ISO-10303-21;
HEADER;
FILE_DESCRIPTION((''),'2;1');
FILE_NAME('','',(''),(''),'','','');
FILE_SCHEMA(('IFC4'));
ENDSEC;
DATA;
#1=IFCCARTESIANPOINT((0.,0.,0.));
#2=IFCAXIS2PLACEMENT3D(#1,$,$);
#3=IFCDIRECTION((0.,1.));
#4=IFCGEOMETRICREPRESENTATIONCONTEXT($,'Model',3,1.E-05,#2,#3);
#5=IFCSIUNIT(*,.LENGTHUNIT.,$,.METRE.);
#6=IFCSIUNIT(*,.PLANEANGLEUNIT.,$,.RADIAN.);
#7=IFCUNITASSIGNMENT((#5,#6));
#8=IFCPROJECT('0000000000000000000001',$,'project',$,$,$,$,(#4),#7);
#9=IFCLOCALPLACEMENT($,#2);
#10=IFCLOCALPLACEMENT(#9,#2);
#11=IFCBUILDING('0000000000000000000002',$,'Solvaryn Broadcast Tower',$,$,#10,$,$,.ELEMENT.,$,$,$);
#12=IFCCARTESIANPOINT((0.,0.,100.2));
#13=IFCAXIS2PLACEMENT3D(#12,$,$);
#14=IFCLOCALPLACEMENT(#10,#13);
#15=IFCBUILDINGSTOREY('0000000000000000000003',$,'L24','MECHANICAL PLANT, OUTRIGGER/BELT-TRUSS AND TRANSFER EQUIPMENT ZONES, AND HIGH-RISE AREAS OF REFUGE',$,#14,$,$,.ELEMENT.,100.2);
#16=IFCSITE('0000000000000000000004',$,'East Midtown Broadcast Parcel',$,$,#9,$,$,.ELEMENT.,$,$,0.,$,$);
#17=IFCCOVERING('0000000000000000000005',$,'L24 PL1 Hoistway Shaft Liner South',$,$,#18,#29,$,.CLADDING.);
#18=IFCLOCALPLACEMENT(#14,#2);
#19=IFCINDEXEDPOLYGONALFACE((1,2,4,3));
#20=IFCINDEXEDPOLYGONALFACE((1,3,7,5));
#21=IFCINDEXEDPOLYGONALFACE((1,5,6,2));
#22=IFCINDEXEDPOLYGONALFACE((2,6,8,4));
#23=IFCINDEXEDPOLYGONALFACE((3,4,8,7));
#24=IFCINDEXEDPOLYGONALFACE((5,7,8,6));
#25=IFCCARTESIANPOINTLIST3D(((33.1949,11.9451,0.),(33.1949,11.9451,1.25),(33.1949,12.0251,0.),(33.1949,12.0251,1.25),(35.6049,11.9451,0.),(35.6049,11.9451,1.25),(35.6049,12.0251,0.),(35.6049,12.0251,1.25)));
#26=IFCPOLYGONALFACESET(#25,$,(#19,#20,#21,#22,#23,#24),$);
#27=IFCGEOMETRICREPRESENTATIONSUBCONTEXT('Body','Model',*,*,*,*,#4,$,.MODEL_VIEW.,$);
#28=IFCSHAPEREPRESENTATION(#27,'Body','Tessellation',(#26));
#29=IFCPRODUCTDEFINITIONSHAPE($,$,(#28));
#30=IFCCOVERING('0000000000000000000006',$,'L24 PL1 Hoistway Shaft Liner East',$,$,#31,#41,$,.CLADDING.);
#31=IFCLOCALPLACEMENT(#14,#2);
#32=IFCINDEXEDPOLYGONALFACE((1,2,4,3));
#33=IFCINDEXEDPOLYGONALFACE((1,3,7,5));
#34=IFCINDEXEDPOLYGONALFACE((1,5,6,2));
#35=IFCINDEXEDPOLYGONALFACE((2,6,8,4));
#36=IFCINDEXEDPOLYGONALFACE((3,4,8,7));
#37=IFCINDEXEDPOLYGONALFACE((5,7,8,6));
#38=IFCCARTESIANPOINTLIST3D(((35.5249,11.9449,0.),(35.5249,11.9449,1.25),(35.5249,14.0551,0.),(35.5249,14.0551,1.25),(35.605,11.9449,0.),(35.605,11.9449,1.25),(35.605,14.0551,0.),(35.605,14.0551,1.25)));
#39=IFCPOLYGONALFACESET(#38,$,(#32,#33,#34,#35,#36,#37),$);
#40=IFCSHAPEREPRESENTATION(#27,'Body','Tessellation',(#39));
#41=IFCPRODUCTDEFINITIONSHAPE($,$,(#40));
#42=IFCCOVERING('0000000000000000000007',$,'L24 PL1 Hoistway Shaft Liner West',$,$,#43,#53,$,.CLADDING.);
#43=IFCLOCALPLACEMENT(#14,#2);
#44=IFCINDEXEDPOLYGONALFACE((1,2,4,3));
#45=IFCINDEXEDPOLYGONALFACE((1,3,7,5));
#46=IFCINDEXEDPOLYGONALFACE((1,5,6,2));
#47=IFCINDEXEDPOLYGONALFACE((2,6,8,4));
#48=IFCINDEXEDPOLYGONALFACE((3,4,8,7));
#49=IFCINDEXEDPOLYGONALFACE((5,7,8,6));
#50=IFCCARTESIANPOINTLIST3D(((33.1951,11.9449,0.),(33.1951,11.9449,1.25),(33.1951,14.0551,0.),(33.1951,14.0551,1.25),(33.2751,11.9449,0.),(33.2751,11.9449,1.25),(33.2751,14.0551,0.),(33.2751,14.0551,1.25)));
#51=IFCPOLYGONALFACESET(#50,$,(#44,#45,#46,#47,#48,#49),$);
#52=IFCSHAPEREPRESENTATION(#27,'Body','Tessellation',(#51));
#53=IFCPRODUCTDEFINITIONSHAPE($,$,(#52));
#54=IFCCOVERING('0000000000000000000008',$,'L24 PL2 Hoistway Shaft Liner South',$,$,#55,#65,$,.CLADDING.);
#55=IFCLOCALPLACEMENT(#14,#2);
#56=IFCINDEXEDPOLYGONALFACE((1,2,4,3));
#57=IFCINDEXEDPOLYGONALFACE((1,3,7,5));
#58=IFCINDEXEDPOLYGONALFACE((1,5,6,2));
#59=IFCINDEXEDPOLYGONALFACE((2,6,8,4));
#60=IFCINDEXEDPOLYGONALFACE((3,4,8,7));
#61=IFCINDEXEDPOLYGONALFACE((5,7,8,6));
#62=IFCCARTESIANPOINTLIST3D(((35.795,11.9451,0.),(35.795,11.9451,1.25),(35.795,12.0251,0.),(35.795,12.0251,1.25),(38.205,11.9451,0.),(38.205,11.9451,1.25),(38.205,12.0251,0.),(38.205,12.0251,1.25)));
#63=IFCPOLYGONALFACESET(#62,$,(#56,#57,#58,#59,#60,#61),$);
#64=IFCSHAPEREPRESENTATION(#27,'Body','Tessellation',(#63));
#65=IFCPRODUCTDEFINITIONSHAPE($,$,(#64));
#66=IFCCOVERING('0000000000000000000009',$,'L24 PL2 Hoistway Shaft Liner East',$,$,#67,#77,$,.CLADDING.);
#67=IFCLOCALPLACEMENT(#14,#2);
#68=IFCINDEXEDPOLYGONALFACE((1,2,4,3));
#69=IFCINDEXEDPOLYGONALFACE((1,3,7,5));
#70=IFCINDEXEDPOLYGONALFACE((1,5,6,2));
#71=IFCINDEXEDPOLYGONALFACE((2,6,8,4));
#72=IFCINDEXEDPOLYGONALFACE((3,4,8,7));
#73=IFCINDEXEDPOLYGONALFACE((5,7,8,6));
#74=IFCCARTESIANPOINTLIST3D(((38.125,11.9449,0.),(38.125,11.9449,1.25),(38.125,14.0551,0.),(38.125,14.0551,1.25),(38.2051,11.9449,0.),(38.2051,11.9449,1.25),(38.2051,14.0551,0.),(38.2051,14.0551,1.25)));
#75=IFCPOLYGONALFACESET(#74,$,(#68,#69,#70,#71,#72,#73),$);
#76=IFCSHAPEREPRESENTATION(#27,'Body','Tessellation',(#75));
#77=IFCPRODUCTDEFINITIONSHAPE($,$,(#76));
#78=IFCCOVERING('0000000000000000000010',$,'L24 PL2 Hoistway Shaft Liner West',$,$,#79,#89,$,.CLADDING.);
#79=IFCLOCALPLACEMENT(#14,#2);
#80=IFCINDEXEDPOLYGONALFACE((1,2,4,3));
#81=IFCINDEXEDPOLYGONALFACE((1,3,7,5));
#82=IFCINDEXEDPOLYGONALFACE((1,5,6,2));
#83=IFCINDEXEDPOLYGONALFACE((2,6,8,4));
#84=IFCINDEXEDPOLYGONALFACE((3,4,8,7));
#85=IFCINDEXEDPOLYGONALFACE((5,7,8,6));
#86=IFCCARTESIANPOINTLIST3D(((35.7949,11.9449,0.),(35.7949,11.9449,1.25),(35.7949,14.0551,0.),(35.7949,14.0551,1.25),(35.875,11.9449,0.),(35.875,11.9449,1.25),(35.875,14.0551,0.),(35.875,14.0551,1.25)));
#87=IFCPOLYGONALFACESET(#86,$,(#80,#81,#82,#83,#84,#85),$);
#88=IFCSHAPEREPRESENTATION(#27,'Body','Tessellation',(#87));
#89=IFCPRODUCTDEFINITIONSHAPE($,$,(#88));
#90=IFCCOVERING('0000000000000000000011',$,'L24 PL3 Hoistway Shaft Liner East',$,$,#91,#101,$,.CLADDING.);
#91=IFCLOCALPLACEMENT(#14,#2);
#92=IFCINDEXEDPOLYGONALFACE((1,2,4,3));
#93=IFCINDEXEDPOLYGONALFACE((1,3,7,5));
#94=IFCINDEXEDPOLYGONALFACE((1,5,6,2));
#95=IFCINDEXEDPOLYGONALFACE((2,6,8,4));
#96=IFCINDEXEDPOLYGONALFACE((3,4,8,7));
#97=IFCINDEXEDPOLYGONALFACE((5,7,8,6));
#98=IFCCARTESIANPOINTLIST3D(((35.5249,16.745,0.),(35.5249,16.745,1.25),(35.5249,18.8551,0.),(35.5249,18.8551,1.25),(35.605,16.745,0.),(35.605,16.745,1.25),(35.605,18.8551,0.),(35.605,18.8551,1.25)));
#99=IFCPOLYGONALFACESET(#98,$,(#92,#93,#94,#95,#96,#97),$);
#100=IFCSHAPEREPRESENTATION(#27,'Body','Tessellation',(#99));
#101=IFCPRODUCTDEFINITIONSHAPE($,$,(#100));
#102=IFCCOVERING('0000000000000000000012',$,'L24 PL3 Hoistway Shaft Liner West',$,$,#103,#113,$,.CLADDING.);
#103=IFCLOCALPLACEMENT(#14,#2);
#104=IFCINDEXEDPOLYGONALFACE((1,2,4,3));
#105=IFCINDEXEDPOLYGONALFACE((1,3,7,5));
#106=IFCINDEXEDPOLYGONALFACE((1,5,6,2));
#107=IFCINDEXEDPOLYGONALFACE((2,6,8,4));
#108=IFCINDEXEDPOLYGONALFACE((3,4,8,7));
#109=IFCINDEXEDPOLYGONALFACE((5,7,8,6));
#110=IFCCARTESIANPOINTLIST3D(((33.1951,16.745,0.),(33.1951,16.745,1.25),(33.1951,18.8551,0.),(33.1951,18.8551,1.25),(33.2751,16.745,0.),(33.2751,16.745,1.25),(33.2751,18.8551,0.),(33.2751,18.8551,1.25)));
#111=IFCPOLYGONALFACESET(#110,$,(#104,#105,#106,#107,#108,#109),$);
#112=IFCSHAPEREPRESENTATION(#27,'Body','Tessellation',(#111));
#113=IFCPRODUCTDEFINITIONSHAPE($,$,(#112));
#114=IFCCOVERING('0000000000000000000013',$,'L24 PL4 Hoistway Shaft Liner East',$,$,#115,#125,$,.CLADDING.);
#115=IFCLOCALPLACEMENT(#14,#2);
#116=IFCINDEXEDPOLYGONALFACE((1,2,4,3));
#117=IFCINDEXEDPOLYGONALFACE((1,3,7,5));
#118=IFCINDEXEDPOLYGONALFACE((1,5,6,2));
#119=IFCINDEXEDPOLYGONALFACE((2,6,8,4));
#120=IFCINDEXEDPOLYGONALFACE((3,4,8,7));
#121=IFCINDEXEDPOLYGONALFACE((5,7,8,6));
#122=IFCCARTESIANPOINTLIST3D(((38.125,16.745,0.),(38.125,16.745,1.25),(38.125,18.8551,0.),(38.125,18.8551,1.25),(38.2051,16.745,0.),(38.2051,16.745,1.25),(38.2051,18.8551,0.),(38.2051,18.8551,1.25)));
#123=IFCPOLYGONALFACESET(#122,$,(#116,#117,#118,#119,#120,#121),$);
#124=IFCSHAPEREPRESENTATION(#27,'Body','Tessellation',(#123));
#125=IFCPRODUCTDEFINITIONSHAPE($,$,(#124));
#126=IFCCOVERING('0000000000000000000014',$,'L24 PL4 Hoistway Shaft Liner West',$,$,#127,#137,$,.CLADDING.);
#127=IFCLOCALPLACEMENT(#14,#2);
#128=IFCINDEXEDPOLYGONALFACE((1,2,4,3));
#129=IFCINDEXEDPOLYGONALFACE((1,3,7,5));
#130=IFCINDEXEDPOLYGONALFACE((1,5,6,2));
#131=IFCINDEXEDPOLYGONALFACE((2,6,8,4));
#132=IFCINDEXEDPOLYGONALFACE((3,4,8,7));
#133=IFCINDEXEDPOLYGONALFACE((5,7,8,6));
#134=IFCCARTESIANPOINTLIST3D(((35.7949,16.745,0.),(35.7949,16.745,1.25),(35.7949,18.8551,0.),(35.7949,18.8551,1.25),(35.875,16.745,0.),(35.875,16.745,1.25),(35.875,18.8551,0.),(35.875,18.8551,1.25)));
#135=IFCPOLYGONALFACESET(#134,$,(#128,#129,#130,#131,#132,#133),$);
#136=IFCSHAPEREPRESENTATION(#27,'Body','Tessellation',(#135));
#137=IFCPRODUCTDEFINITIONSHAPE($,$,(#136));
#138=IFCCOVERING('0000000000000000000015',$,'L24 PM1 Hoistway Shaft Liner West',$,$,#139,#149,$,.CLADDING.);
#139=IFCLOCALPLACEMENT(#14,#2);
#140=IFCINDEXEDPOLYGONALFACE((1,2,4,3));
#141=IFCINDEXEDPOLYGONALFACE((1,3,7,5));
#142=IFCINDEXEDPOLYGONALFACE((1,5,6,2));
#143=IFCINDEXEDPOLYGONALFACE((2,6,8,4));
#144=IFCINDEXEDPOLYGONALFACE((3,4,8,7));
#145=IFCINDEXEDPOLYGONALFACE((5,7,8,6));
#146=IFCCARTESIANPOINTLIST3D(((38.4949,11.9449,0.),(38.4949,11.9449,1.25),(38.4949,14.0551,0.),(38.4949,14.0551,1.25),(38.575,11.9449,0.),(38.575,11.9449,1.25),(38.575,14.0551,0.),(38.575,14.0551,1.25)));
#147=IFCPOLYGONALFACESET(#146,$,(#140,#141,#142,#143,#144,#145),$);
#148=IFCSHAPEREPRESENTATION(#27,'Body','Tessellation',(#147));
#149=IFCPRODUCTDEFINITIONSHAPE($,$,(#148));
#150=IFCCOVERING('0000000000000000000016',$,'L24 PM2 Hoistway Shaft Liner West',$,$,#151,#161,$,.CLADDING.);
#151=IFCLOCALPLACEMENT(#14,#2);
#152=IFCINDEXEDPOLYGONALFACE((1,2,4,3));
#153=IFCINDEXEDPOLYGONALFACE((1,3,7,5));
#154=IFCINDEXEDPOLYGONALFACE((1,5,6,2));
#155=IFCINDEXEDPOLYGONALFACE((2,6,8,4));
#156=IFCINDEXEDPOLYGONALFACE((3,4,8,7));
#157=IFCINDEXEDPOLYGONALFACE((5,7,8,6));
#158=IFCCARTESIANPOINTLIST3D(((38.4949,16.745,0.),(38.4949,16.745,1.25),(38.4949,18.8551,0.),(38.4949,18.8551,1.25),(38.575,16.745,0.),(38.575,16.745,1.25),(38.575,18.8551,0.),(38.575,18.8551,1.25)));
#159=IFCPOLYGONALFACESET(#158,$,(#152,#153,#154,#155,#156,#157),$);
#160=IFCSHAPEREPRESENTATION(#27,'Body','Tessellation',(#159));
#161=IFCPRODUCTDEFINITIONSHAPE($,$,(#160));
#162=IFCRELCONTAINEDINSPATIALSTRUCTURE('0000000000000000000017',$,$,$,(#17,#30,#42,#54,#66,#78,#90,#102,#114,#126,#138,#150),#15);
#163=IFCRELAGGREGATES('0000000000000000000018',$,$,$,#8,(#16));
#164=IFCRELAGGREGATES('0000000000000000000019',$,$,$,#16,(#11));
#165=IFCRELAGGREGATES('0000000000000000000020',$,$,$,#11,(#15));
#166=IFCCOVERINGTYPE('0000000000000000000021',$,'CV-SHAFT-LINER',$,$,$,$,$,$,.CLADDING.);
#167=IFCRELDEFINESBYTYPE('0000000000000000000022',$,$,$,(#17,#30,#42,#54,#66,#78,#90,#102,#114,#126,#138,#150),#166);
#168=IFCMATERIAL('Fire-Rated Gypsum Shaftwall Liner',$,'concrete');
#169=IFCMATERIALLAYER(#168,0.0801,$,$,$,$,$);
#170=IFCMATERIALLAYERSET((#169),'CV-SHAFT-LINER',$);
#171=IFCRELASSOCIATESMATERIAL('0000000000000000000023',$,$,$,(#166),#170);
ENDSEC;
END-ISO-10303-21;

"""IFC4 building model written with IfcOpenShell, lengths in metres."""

from ifc_helpers import new_model, si_unit, direction, frame, origin, origin_2d, place, context, subcontext, project, spatial, rectangle, extrude, material, layer, layer_set, type_object, element, save


model = new_model("IFC4")

# Units and contexts
model_context = context("Model", 3, precision=1e-05, world=origin(), true_north=direction((0.0, 1.0)))
body_context = subcontext(model_context, "Body", "Model", "MODEL_VIEW")
ifc_project = project(units=[si_unit("LENGTHUNIT", "METRE"), si_unit("PLANEANGLEUNIT", "RADIAN")], contexts=[model_context])

# Site, building, storey
site_placement = place(None, origin())
site = spatial("IfcSite", under=ifc_project, at=site_placement, Name="East Midtown Broadcast Parcel", CompositionType="ELEMENT", RefElevation=0.0)
building_placement = place(site_placement, origin())
building = spatial("IfcBuilding", under=site, at=building_placement, Name="Solvaryn Broadcast Tower", CompositionType="ELEMENT")
storey_placement = place(building_placement, frame((0.0, 0.0, 100.2)))
storey = spatial("IfcBuildingStorey", under=building, at=storey_placement, Name="L24", Description="MECHANICAL PLANT, OUTRIGGER/BELT-TRUSS AND TRANSFER EQUIPMENT ZONES, AND HIGH-RISE AREAS OF REFUGE", CompositionType="ELEMENT", Elevation=100.2)

# Coverings
ifc_material_1 = material(Name="Fire-Rated Gypsum Shaftwall Liner", Category="concrete")
ifc_layer_1 = layer(ifc_material_1, 0.0801)
ifc_layer_set_1 = layer_set([ifc_layer_1], Name="CV-SHAFT-LINER")
covering_type = type_object("IfcCoveringType", Name="CV-SHAFT-LINER", PredefinedType="CLADDING", material=ifc_layer_set_1)
covering_1_placement = place(storey_placement, frame((34.3999, 11.9851, 0.0), z_axis=(0.0, 0.0, 1.0), x_axis=(1.0, 0.0, 0.0)))
element("IfcCovering", 1, at=covering_1_placement, inside=storey, type_object=covering_type, Name="L24 PL1 Hoistway Shaft Liner South", PredefinedType="CLADDING", context=body_context, shape_type="SweptSolid", body=[
    extrude(rectangle(XDim=2.4099, YDim=0.0801, at=origin_2d()), origin(), (0.0, 0.0, 1.0), 1.25),
])
for number, where, z_axis, x_axis, name in (
    (2, (35.5649, 13.0, 0.0), (0.0, 0.0, 1.0), (1.0, 0.0, 0.0), "L24 PL1 Hoistway Shaft Liner East"),
    (3, (33.2351, 13.0, 0.0), (0.0, 0.0, 1.0), (1.0, 0.0, 0.0), "L24 PL1 Hoistway Shaft Liner West"),
):
    element("IfcCovering", number, at=place(storey_placement, frame(where, z_axis=z_axis, x_axis=x_axis)), inside=storey, type_object=covering_type, Name=name, PredefinedType="CLADDING", context=body_context, shape_type="SweptSolid", body=[
        extrude(rectangle(XDim=0.0801, YDim=2.1101, at=origin_2d()), origin(), (0.0, 0.0, 1.0), 1.25),
    ])
covering_2_placement = place(storey_placement, frame((37.0, 11.9851, 0.0), z_axis=(0.0, 0.0, 1.0), x_axis=(1.0, 0.0, 0.0)))
element("IfcCovering", 4, at=covering_2_placement, inside=storey, type_object=covering_type, Name="L24 PL2 Hoistway Shaft Liner South", PredefinedType="CLADDING", context=body_context, shape_type="SweptSolid", body=[
    extrude(rectangle(XDim=2.4099, YDim=0.0801, at=origin_2d()), origin(), (0.0, 0.0, 1.0), 1.25),
])
for number, where, z_axis, x_axis, name in (
    (5, (38.165, 13.0, 0.0), (0.0, 0.0, 1.0), (1.0, 0.0, 0.0), "L24 PL2 Hoistway Shaft Liner East"),
    (6, (35.835, 13.0, 0.0), (0.0, 0.0, 1.0), (1.0, 0.0, 0.0), "L24 PL2 Hoistway Shaft Liner West"),
    (7, (35.5649, 17.8, 0.0), (0.0, 0.0, 1.0), (1.0, 0.0, 0.0), "L24 PL3 Hoistway Shaft Liner East"),
    (8, (33.2351, 17.8, 0.0), (0.0, 0.0, 1.0), (1.0, 0.0, 0.0), "L24 PL3 Hoistway Shaft Liner West"),
    (9, (38.165, 17.8, 0.0), (0.0, 0.0, 1.0), (1.0, 0.0, 0.0), "L24 PL4 Hoistway Shaft Liner East"),
    (10, (35.835, 17.8, 0.0), (0.0, 0.0, 1.0), (1.0, 0.0, 0.0), "L24 PL4 Hoistway Shaft Liner West"),
    (11, (38.5349, 13.0, 0.0), (0.0, 0.0, 1.0), (1.0, 0.0, 0.0), "L24 PM1 Hoistway Shaft Liner West"),
    (12, (38.5349, 17.8, 0.0), (0.0, 0.0, 1.0), (1.0, 0.0, 0.0), "L24 PM2 Hoistway Shaft Liner West"),
):
    element("IfcCovering", number, at=place(storey_placement, frame(where, z_axis=z_axis, x_axis=x_axis)), inside=storey, type_object=covering_type, Name=name, PredefinedType="CLADDING", context=body_context, shape_type="SweptSolid", body=[
        extrude(rectangle(XDim=0.0801, YDim=2.1101, at=origin_2d()), origin(), (0.0, 0.0, 1.0), 1.25),
    ])

save(model, "model.ifc")
